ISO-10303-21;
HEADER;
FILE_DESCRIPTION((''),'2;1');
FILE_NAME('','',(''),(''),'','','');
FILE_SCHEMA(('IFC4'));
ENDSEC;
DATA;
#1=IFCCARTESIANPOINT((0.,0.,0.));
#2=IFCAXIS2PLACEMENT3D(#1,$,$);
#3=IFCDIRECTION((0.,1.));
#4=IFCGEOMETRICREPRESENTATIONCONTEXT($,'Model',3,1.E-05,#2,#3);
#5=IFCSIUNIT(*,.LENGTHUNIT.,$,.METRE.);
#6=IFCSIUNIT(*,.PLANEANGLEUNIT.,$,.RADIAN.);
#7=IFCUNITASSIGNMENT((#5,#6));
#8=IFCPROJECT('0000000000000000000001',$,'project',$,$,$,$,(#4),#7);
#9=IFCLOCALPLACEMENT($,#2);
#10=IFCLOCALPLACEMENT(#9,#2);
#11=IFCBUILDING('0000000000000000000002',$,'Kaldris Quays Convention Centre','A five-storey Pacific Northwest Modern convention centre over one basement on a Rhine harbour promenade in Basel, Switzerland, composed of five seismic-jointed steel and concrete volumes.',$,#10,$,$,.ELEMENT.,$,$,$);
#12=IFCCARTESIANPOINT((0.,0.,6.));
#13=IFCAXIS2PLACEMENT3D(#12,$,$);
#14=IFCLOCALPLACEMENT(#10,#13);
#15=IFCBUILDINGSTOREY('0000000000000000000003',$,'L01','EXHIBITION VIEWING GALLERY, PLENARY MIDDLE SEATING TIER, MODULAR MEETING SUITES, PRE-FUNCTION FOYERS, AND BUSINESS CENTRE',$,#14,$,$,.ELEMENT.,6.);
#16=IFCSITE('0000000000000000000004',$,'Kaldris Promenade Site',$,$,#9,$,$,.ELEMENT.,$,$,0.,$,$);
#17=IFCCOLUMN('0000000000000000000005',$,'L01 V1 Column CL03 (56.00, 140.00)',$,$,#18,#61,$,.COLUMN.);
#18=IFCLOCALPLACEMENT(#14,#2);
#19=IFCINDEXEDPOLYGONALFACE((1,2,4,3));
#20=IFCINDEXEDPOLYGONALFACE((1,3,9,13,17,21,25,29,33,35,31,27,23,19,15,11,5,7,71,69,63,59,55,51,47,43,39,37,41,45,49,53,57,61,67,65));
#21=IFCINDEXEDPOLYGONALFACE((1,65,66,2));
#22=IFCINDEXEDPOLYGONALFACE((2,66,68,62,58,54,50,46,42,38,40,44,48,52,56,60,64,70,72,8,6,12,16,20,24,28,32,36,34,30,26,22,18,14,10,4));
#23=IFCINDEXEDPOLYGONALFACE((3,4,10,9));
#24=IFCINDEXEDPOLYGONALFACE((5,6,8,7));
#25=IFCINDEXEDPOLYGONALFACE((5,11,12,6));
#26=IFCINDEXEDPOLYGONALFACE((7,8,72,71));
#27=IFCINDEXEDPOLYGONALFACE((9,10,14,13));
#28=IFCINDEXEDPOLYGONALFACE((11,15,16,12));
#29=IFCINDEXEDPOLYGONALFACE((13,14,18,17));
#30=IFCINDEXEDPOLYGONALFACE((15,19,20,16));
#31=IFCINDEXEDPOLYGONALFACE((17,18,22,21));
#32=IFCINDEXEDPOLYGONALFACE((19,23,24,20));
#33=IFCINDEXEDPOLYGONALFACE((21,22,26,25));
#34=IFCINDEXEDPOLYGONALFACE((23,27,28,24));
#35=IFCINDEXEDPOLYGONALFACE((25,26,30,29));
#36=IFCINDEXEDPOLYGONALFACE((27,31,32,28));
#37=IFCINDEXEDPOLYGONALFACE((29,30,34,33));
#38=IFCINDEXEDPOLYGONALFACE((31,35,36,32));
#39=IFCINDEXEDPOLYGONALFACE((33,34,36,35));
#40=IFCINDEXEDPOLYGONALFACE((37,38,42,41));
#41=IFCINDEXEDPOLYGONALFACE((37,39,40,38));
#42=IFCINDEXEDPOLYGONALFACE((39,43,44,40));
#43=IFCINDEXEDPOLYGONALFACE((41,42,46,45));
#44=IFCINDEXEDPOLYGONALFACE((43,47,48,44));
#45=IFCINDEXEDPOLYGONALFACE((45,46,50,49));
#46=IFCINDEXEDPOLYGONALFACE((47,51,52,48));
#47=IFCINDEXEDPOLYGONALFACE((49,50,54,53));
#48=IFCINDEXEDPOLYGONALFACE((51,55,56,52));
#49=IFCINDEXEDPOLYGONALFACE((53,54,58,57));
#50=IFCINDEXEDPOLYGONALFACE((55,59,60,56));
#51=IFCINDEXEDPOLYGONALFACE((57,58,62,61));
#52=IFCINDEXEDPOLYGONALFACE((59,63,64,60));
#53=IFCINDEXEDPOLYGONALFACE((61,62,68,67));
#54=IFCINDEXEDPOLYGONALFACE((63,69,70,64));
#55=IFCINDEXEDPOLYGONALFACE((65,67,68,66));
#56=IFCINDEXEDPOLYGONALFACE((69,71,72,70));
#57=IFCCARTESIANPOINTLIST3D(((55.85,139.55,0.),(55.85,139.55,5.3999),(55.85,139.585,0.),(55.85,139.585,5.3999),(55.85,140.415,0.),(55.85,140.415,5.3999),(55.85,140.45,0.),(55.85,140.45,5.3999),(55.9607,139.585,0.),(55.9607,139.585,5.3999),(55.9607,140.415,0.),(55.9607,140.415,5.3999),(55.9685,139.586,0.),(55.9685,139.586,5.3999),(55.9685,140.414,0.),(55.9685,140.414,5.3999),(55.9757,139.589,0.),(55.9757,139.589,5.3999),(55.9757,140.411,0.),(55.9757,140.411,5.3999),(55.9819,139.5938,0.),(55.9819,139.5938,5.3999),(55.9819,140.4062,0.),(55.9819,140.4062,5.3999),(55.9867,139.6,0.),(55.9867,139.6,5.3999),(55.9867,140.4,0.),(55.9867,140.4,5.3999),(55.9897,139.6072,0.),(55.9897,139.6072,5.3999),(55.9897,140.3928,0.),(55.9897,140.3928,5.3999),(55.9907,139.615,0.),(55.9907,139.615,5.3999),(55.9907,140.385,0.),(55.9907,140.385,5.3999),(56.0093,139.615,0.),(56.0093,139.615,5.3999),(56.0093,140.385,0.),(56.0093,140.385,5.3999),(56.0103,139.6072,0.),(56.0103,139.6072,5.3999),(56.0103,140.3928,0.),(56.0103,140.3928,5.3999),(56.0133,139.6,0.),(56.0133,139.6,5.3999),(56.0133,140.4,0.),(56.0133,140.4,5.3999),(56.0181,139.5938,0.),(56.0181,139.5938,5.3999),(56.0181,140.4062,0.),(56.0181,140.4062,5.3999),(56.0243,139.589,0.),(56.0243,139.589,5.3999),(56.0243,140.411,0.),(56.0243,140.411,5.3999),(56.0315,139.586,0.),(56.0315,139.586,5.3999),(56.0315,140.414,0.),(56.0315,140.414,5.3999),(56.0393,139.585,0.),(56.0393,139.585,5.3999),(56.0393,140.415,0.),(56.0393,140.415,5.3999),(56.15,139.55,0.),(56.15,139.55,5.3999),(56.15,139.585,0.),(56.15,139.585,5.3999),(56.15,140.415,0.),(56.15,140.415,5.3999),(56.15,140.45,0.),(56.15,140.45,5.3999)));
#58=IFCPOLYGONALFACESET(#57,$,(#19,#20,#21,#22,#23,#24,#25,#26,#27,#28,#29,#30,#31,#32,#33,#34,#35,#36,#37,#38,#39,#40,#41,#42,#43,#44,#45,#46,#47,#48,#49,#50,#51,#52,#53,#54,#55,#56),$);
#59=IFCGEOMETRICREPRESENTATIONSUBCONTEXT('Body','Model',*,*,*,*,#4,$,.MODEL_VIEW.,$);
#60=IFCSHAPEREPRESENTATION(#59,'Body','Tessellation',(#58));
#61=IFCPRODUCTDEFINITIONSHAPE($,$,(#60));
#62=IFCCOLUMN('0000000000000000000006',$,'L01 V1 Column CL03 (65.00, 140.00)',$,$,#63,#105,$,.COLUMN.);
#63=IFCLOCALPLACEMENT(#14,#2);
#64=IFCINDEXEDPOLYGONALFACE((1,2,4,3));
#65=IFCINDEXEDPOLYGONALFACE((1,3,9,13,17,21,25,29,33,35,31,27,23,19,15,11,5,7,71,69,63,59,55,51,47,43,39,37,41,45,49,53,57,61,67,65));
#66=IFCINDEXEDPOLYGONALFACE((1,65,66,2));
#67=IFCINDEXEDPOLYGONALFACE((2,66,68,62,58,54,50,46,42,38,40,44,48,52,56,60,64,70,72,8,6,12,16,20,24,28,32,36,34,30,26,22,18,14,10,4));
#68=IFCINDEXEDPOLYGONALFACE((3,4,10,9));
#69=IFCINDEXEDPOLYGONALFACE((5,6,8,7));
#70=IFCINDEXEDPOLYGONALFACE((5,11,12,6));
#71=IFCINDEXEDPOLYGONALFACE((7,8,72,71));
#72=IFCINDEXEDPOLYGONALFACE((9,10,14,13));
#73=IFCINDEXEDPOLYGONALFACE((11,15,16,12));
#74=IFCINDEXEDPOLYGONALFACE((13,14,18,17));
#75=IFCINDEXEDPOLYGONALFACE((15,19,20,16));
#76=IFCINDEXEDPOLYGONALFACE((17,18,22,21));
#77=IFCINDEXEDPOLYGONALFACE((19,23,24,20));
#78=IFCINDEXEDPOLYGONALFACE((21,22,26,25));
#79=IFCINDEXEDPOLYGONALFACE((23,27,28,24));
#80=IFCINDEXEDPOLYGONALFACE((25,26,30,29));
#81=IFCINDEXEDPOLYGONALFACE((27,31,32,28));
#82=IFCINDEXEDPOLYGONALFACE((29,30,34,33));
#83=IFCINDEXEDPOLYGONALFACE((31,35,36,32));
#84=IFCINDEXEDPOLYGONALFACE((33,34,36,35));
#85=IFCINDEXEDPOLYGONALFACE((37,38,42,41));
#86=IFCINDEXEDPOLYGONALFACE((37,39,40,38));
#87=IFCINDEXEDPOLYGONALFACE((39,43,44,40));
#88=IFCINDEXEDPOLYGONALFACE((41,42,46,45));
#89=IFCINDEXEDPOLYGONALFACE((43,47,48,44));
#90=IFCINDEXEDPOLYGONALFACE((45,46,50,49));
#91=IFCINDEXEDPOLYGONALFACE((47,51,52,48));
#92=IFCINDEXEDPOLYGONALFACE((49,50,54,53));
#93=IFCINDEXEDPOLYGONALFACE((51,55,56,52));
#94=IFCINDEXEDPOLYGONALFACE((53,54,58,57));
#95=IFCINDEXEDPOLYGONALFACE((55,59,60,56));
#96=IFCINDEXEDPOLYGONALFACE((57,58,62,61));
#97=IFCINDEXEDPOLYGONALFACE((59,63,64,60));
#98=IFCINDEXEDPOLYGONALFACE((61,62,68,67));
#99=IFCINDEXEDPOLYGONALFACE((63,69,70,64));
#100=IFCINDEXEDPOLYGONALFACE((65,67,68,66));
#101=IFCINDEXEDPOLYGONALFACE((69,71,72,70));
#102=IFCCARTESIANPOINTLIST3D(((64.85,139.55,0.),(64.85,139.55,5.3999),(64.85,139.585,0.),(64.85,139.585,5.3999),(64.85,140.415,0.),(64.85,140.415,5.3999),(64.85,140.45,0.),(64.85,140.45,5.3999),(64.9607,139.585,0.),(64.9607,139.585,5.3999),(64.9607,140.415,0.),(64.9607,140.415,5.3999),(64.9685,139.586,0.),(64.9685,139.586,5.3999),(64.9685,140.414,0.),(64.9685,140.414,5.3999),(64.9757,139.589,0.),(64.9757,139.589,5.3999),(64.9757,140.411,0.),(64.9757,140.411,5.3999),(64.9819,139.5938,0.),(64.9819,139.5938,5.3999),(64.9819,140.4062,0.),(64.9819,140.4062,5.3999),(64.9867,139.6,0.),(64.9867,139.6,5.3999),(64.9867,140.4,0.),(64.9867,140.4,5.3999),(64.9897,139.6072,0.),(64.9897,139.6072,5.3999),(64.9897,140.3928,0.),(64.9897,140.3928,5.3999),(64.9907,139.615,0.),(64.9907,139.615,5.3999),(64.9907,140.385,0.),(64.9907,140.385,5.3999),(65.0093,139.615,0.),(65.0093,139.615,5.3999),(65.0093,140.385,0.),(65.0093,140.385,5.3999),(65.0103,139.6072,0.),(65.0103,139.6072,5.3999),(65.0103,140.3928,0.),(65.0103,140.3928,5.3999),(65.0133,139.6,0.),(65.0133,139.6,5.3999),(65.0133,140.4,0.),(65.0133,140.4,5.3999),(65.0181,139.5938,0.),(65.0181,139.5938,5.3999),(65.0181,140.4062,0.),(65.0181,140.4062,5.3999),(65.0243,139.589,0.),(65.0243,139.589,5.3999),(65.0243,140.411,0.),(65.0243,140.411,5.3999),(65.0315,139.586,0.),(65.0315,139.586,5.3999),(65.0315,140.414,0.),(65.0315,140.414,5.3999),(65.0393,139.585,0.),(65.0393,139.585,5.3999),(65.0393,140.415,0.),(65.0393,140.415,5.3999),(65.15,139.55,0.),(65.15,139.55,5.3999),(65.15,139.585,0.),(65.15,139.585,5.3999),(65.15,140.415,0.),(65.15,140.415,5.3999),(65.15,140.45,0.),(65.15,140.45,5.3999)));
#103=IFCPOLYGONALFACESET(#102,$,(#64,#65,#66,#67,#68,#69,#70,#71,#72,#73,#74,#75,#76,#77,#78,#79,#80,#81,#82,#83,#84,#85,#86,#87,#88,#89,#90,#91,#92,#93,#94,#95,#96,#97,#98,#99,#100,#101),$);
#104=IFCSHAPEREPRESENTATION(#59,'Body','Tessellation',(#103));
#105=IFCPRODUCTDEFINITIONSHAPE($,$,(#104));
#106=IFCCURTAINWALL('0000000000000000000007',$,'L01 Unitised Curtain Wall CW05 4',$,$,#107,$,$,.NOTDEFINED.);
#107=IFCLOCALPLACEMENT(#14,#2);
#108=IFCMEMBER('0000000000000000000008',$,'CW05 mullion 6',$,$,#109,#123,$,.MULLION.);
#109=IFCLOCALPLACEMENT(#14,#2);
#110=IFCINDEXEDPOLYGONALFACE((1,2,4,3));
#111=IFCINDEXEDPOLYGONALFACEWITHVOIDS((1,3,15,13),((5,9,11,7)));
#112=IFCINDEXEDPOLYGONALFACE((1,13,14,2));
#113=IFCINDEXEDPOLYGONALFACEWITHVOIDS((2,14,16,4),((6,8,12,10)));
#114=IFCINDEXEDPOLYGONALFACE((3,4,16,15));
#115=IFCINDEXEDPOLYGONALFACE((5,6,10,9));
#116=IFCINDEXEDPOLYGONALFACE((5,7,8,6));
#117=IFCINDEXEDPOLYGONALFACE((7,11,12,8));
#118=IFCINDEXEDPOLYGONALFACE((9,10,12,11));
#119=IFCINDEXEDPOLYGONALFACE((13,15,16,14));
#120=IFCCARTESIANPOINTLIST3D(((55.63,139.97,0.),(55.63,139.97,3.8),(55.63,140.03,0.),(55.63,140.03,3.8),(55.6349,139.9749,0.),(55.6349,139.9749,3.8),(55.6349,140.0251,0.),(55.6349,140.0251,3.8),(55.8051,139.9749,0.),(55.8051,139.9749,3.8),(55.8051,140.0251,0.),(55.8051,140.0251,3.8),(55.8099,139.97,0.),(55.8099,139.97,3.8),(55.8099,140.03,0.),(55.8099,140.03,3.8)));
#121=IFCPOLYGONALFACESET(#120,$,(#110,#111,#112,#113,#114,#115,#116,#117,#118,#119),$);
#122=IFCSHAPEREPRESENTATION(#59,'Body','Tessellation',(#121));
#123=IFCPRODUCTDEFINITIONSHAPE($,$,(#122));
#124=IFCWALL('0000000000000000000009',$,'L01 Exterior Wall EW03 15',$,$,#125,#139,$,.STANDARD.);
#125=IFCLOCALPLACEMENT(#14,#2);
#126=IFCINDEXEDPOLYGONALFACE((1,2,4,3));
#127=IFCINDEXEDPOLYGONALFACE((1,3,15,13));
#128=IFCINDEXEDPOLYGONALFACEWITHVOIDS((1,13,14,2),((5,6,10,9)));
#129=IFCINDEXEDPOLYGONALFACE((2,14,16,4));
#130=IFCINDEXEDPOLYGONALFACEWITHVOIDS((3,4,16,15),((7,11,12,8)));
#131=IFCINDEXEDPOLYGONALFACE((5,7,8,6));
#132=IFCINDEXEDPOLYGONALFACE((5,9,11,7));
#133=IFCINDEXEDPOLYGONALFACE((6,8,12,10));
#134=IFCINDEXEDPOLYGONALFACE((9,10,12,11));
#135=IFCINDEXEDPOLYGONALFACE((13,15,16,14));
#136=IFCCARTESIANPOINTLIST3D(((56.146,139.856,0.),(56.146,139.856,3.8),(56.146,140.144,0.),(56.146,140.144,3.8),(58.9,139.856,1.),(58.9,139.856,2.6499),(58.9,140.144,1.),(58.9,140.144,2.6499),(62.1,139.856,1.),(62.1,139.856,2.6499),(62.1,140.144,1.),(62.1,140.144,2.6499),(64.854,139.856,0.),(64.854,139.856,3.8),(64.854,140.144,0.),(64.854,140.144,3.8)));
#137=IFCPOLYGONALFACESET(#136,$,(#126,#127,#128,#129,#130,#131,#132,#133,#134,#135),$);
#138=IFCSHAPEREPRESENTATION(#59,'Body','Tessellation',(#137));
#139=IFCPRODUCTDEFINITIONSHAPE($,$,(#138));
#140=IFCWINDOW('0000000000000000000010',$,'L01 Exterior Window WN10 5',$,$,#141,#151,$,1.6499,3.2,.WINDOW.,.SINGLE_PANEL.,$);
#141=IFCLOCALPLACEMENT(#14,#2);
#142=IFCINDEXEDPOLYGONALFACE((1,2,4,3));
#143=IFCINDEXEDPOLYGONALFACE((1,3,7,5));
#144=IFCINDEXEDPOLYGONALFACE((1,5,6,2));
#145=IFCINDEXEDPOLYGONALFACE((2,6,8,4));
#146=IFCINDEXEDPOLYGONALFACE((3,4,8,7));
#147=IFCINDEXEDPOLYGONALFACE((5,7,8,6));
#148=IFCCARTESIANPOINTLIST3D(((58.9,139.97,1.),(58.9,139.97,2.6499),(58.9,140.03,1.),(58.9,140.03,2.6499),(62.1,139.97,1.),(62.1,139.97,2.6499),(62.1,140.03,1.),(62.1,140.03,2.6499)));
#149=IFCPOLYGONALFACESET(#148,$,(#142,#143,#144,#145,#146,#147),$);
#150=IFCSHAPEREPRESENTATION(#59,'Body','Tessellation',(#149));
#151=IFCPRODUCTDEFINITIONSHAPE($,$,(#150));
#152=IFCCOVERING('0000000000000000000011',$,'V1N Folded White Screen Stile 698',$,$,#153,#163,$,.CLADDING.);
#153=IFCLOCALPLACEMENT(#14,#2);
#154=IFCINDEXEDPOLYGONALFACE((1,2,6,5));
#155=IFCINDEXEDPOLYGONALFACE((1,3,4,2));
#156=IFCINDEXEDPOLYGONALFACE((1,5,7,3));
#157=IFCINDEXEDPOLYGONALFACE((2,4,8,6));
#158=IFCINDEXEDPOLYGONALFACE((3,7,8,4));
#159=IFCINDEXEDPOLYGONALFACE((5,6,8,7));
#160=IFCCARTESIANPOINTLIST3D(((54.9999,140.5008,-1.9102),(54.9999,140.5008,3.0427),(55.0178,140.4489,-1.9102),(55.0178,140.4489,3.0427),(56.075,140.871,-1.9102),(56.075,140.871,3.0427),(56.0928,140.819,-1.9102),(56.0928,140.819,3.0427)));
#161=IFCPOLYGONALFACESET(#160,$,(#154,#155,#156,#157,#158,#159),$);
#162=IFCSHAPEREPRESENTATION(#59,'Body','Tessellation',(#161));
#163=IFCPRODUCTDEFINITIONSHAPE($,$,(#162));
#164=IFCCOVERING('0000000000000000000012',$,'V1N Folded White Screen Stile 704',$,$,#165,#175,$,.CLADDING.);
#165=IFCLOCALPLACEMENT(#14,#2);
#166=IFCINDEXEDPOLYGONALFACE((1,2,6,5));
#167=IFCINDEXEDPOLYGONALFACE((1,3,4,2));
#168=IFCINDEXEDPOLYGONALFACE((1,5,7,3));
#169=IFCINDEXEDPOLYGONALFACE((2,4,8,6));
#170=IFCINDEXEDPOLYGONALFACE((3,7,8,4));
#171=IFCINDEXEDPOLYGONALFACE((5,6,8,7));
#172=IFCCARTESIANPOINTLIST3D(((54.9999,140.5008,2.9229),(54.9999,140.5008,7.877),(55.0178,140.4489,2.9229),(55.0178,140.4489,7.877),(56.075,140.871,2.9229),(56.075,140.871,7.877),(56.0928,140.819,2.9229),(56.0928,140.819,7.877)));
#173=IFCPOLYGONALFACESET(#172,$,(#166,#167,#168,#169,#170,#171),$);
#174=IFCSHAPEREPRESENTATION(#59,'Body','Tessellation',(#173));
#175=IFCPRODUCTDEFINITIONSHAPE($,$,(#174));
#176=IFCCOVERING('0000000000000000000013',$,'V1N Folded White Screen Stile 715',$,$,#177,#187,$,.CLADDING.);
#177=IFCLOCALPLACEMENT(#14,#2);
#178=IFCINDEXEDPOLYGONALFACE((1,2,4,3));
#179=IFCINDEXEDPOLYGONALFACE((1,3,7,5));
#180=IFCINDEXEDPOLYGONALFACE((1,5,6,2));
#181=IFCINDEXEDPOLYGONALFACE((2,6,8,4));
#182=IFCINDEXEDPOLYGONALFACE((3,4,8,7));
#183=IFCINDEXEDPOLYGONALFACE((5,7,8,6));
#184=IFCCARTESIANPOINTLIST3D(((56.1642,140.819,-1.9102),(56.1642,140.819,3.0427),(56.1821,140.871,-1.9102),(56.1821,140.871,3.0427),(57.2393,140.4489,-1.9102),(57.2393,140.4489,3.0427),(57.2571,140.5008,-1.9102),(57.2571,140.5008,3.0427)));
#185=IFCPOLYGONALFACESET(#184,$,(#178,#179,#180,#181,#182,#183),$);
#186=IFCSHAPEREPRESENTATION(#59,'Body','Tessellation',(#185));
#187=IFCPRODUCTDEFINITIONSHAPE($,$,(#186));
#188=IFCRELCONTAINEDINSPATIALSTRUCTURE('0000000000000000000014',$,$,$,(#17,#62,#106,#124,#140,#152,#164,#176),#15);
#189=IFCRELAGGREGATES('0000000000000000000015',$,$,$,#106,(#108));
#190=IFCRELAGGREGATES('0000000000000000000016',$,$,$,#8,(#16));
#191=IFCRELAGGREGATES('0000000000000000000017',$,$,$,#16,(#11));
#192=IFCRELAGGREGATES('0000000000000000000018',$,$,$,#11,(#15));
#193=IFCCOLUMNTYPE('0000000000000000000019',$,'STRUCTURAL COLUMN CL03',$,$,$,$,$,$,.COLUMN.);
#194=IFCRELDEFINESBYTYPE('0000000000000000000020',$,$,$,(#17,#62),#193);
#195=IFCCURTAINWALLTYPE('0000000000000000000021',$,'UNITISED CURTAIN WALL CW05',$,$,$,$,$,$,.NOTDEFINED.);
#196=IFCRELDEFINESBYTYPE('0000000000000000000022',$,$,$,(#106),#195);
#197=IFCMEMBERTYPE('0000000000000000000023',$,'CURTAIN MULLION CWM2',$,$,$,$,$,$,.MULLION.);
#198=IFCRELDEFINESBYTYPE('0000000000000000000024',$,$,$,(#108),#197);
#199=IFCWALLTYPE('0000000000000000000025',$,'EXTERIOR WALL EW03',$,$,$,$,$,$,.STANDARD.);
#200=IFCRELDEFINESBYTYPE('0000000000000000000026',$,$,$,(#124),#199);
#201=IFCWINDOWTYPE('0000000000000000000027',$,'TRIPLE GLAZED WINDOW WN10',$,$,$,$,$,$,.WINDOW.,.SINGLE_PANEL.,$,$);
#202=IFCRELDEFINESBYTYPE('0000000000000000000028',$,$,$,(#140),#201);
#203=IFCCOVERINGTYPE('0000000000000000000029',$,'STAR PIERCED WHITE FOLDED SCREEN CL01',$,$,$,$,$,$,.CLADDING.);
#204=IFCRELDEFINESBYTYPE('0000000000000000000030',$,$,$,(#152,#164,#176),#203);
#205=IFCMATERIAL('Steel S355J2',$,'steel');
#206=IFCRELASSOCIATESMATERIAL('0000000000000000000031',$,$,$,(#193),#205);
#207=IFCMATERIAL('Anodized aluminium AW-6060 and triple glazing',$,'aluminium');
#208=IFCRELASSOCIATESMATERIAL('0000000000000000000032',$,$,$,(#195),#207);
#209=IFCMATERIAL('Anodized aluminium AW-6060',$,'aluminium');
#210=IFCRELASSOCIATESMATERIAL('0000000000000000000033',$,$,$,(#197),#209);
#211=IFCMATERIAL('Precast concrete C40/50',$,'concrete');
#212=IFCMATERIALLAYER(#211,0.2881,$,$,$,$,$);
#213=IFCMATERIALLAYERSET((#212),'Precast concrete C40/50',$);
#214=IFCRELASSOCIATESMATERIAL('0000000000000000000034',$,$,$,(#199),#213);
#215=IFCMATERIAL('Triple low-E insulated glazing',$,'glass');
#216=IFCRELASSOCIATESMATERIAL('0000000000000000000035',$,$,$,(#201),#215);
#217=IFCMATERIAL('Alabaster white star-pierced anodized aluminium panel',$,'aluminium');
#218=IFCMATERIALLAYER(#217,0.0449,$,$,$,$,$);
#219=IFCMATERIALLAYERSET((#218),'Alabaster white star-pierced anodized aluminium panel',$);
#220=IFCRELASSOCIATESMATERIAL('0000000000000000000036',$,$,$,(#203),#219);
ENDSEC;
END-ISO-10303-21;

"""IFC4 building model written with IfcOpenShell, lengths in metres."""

from ifc_helpers import new_model, si_unit, direction, frame, frame_2d, origin, origin_2d, place, context, subcontext, project, spatial, rectangle, hollow_rectangle, i_section, extrude, material, layer, layer_set, material_profile, profile_set, type_object, element, fill, aggregate, save


model = new_model("IFC4")

# Units and contexts
model_context = context("Model", 3, precision=1e-05, world=origin(), true_north=direction((0.0, 1.0)))
body_context = subcontext(model_context, "Body", "Model", "MODEL_VIEW")
ifc_project = project(units=[si_unit("LENGTHUNIT", "METRE"), si_unit("PLANEANGLEUNIT", "RADIAN")], contexts=[model_context])

# Site, building, storey
site_placement = place(None, origin())
site = spatial("IfcSite", under=ifc_project, at=site_placement, Name="Kaldris Promenade Site", CompositionType="ELEMENT", RefElevation=0.0)
building_placement = place(site_placement, origin())
building = spatial("IfcBuilding", under=site, at=building_placement, Name="Kaldris Quays Convention Centre", Description="A five-storey Pacific Northwest Modern convention centre over one basement on a Rhine harbour promenade in Basel, Switzerland, composed of five seismic-jointed steel and concrete volumes.", CompositionType="ELEMENT")
storey_placement = place(building_placement, frame((0.0, 0.0, 6.0)))
storey = spatial("IfcBuildingStorey", under=building, at=storey_placement, Name="L01", Description="EXHIBITION VIEWING GALLERY, PLENARY MIDDLE SEATING TIER, MODULAR MEETING SUITES, PRE-FUNCTION FOYERS, AND BUSINESS CENTRE", CompositionType="ELEMENT", Elevation=6.0)

# Columns
ifc_material_1 = material(Name="Steel S355J2", Category="steel")
ifc_material_profile_1 = material_profile(ifc_material_1, i_section(OverallWidth=0.3, OverallDepth=0.8999, WebThickness=0.0186, FlangeThickness=0.0349, FilletRadius=0.03, at=origin_2d()), Name="HEB 900")
ifc_profile_set_1 = profile_set([ifc_material_profile_1], Name="Steel S355J2")
column_type = type_object("IfcColumnType", Name="STRUCTURAL COLUMN CL03", PredefinedType="COLUMN", material=ifc_profile_set_1)
for number, where, z_axis, x_axis, name in (
    (1, (56.0, 140.0, 0.0), (0.0, 0.0, 1.0), (1.0, 0.0, 0.0), "L01 V1 Column CL03 (56.00, 140.00)"),
    (2, (65.0, 140.0, 0.0), (0.0, 0.0, 1.0), (1.0, 0.0, 0.0), "L01 V1 Column CL03 (65.00, 140.00)"),
):
    element("IfcColumn", number, at=place(storey_placement, frame(where, z_axis=z_axis, x_axis=x_axis)), inside=storey, type_object=column_type, Name=name, PredefinedType="COLUMN", context=body_context, shape_type="SweptSolid", body=[
        extrude(i_section(OverallWidth=0.3, OverallDepth=0.8999, WebThickness=0.0186, FlangeThickness=0.0349, FilletRadius=0.03, at=origin_2d()), origin(), (0.0, 0.0, 1.0), 5.3999),
    ])

# Curtain wall, member
ifc_material_2 = material(Name="Anodized aluminium AW-6060 and triple glazing", Category="aluminium")
curtain_wall_type = type_object("IfcCurtainWallType", Name="UNITISED CURTAIN WALL CW05", PredefinedType="NOTDEFINED", material=ifc_material_2)
curtain_wall_placement = place(storey_placement, origin())
curtain_wall = element("IfcCurtainWall", 3, at=curtain_wall_placement, inside=storey, type_object=curtain_wall_type, Name="L01 Unitised Curtain Wall CW05 4", PredefinedType="NOTDEFINED")
ifc_material_3 = material(Name="Anodized aluminium AW-6060", Category="aluminium")
ifc_material_profile_2 = material_profile(ifc_material_3, hollow_rectangle(XDim=0.0601, YDim=0.1799, WallThickness=0.0049, at=origin_2d()), Name="RHS 180x60x5")
ifc_profile_set_2 = profile_set([ifc_material_profile_2], Name="Anodized aluminium AW-6060")
member_type = type_object("IfcMemberType", Name="CURTAIN MULLION CWM2", PredefinedType="MULLION", material=ifc_profile_set_2)
member_placement = place(storey_placement, frame((55.72, 140.0, 0.0), z_axis=(0.0, 0.0, 1.0), x_axis=(0.0, 1.0, 0.0)))
member = element("IfcMember", 4, at=member_placement, type_object=member_type, Name="CW05 mullion 6", PredefinedType="MULLION", context=body_context, shape_type="SweptSolid", body=[
    extrude(hollow_rectangle(XDim=0.0601, YDim=0.1799, WallThickness=0.0049, at=origin_2d()), origin(), (0.0, 0.0, 1.0), 3.8),
])
aggregate(curtain_wall, [member])

# Wall, opening, window
ifc_material_4 = material(Name="Precast concrete C40/50", Category="concrete")
ifc_layer_1 = layer(ifc_material_4, 0.2881)
ifc_layer_set_1 = layer_set([ifc_layer_1], Name="Precast concrete C40/50")
wall_type = type_object("IfcWallType", Name="EXTERIOR WALL EW03", PredefinedType="STANDARD", material=ifc_layer_set_1)
wall_placement = place(storey_placement, frame((56.146, 140.0, 0.0), z_axis=(0.0, 0.0, 1.0), x_axis=(1.0, 0.0, 0.0)))
wall = element("IfcWall", 5, at=wall_placement, inside=storey, type_object=wall_type, Name="L01 Exterior Wall EW03 15", PredefinedType="STANDARD", context=body_context, shape_type="SweptSolid", body=[
    extrude(rectangle(XDim=8.708, YDim=0.2881, at=frame_2d((4.354, 0.0))), origin(), (0.0, 0.0, 1.0), 3.8),
])
opening_placement = place(wall_placement, frame((2.7539, 0.0, 1.0)))
opening = element("IfcOpeningElement", 6, at=opening_placement, cuts=wall, PredefinedType="OPENING", context=body_context, shape_type="SweptSolid", body=[
    extrude(rectangle(XDim=3.2, YDim=1.6499, at=frame_2d((1.6001, 0.825))), frame((0.0, 0.1541, 0.0), z_axis=(0.0, -1.0, 0.0), x_axis=(1.0, 0.0, 0.0)), (0.0, 0.0, 1.0), 0.3081),
])
ifc_material_5 = material(Name="Triple low-E insulated glazing", Category="glass")
window_type = type_object("IfcWindowType", Name="TRIPLE GLAZED WINDOW WN10", PartitioningType="SINGLE_PANEL", PredefinedType="WINDOW", material=ifc_material_5)
window_placement = place(opening_placement, origin())
window = element("IfcWindow", 7, at=window_placement, inside=storey, type_object=window_type, Name="L01 Exterior Window WN10 5", OverallHeight=1.6499, OverallWidth=3.2, PartitioningType="SINGLE_PANEL", PredefinedType="WINDOW", context=body_context, shape_type="SweptSolid", body=[
    extrude(rectangle(XDim=3.2, YDim=1.6499, at=frame_2d((1.6001, 0.825))), frame((0.0, 0.03, 0.0), z_axis=(0.0, -1.0, 0.0), x_axis=(1.0, 0.0, 0.0)), (0.0, 0.0, 1.0), 0.0601),
])
fill(opening, window)

# Coverings
ifc_material_6 = material(Name="Alabaster white star-pierced anodized aluminium panel", Category="aluminium")
ifc_layer_2 = layer(ifc_material_6, 0.0449)
ifc_layer_set_2 = layer_set([ifc_layer_2], Name="Alabaster white star-pierced anodized aluminium panel")
covering_type = type_object("IfcCoveringType", Name="STAR PIERCED WHITE FOLDED SCREEN CL01", PredefinedType="CLADDING", material=ifc_layer_set_2)
covering_1_placement = place(storey_placement, frame((55.5464, 140.6599, -1.9102), z_axis=(0.0, 0.0, 1.0), x_axis=(0.945519, 0.325568, 0.0)))
element("IfcCovering", 8, at=covering_1_placement, inside=storey, type_object=covering_type, Name="V1N Folded White Screen Stile 698", PredefinedType="CLADDING", context=body_context, shape_type="SweptSolid", body=[
    extrude(rectangle(XDim=1.137, YDim=0.0549, at=origin_2d()), origin(), (0.0, 0.0, 1.0), 4.9529),
])
covering_2_placement = place(storey_placement, frame((55.5464, 140.6599, 2.9229), z_axis=(0.0, 0.0, 1.0), x_axis=(0.945519, 0.325568, 0.0)))
element("IfcCovering", 9, at=covering_2_placement, inside=storey, type_object=covering_type, Name="V1N Folded White Screen Stile 704", PredefinedType="CLADDING", context=body_context, shape_type="SweptSolid", body=[
    extrude(rectangle(XDim=1.137, YDim=0.0549, at=origin_2d()), origin(), (0.0, 0.0, 1.0), 4.9541),
])
for number, where, z_axis, x_axis, name in (
    (10, (56.7107, 140.6599, -1.9102), (0.0, 0.0, 1.0), (0.945519, -0.325568, 0.0), "V1N Folded White Screen Stile 715"),
):
    element("IfcCovering", number, at=place(storey_placement, frame(where, z_axis=z_axis, x_axis=x_axis)), inside=storey, type_object=covering_type, Name=name, PredefinedType="CLADDING", context=body_context, shape_type="SweptSolid", body=[
        extrude(rectangle(XDim=1.137, YDim=0.0549, at=origin_2d()), origin(), (0.0, 0.0, 1.0), 4.9529),
    ])

save(model, "model.ifc")
